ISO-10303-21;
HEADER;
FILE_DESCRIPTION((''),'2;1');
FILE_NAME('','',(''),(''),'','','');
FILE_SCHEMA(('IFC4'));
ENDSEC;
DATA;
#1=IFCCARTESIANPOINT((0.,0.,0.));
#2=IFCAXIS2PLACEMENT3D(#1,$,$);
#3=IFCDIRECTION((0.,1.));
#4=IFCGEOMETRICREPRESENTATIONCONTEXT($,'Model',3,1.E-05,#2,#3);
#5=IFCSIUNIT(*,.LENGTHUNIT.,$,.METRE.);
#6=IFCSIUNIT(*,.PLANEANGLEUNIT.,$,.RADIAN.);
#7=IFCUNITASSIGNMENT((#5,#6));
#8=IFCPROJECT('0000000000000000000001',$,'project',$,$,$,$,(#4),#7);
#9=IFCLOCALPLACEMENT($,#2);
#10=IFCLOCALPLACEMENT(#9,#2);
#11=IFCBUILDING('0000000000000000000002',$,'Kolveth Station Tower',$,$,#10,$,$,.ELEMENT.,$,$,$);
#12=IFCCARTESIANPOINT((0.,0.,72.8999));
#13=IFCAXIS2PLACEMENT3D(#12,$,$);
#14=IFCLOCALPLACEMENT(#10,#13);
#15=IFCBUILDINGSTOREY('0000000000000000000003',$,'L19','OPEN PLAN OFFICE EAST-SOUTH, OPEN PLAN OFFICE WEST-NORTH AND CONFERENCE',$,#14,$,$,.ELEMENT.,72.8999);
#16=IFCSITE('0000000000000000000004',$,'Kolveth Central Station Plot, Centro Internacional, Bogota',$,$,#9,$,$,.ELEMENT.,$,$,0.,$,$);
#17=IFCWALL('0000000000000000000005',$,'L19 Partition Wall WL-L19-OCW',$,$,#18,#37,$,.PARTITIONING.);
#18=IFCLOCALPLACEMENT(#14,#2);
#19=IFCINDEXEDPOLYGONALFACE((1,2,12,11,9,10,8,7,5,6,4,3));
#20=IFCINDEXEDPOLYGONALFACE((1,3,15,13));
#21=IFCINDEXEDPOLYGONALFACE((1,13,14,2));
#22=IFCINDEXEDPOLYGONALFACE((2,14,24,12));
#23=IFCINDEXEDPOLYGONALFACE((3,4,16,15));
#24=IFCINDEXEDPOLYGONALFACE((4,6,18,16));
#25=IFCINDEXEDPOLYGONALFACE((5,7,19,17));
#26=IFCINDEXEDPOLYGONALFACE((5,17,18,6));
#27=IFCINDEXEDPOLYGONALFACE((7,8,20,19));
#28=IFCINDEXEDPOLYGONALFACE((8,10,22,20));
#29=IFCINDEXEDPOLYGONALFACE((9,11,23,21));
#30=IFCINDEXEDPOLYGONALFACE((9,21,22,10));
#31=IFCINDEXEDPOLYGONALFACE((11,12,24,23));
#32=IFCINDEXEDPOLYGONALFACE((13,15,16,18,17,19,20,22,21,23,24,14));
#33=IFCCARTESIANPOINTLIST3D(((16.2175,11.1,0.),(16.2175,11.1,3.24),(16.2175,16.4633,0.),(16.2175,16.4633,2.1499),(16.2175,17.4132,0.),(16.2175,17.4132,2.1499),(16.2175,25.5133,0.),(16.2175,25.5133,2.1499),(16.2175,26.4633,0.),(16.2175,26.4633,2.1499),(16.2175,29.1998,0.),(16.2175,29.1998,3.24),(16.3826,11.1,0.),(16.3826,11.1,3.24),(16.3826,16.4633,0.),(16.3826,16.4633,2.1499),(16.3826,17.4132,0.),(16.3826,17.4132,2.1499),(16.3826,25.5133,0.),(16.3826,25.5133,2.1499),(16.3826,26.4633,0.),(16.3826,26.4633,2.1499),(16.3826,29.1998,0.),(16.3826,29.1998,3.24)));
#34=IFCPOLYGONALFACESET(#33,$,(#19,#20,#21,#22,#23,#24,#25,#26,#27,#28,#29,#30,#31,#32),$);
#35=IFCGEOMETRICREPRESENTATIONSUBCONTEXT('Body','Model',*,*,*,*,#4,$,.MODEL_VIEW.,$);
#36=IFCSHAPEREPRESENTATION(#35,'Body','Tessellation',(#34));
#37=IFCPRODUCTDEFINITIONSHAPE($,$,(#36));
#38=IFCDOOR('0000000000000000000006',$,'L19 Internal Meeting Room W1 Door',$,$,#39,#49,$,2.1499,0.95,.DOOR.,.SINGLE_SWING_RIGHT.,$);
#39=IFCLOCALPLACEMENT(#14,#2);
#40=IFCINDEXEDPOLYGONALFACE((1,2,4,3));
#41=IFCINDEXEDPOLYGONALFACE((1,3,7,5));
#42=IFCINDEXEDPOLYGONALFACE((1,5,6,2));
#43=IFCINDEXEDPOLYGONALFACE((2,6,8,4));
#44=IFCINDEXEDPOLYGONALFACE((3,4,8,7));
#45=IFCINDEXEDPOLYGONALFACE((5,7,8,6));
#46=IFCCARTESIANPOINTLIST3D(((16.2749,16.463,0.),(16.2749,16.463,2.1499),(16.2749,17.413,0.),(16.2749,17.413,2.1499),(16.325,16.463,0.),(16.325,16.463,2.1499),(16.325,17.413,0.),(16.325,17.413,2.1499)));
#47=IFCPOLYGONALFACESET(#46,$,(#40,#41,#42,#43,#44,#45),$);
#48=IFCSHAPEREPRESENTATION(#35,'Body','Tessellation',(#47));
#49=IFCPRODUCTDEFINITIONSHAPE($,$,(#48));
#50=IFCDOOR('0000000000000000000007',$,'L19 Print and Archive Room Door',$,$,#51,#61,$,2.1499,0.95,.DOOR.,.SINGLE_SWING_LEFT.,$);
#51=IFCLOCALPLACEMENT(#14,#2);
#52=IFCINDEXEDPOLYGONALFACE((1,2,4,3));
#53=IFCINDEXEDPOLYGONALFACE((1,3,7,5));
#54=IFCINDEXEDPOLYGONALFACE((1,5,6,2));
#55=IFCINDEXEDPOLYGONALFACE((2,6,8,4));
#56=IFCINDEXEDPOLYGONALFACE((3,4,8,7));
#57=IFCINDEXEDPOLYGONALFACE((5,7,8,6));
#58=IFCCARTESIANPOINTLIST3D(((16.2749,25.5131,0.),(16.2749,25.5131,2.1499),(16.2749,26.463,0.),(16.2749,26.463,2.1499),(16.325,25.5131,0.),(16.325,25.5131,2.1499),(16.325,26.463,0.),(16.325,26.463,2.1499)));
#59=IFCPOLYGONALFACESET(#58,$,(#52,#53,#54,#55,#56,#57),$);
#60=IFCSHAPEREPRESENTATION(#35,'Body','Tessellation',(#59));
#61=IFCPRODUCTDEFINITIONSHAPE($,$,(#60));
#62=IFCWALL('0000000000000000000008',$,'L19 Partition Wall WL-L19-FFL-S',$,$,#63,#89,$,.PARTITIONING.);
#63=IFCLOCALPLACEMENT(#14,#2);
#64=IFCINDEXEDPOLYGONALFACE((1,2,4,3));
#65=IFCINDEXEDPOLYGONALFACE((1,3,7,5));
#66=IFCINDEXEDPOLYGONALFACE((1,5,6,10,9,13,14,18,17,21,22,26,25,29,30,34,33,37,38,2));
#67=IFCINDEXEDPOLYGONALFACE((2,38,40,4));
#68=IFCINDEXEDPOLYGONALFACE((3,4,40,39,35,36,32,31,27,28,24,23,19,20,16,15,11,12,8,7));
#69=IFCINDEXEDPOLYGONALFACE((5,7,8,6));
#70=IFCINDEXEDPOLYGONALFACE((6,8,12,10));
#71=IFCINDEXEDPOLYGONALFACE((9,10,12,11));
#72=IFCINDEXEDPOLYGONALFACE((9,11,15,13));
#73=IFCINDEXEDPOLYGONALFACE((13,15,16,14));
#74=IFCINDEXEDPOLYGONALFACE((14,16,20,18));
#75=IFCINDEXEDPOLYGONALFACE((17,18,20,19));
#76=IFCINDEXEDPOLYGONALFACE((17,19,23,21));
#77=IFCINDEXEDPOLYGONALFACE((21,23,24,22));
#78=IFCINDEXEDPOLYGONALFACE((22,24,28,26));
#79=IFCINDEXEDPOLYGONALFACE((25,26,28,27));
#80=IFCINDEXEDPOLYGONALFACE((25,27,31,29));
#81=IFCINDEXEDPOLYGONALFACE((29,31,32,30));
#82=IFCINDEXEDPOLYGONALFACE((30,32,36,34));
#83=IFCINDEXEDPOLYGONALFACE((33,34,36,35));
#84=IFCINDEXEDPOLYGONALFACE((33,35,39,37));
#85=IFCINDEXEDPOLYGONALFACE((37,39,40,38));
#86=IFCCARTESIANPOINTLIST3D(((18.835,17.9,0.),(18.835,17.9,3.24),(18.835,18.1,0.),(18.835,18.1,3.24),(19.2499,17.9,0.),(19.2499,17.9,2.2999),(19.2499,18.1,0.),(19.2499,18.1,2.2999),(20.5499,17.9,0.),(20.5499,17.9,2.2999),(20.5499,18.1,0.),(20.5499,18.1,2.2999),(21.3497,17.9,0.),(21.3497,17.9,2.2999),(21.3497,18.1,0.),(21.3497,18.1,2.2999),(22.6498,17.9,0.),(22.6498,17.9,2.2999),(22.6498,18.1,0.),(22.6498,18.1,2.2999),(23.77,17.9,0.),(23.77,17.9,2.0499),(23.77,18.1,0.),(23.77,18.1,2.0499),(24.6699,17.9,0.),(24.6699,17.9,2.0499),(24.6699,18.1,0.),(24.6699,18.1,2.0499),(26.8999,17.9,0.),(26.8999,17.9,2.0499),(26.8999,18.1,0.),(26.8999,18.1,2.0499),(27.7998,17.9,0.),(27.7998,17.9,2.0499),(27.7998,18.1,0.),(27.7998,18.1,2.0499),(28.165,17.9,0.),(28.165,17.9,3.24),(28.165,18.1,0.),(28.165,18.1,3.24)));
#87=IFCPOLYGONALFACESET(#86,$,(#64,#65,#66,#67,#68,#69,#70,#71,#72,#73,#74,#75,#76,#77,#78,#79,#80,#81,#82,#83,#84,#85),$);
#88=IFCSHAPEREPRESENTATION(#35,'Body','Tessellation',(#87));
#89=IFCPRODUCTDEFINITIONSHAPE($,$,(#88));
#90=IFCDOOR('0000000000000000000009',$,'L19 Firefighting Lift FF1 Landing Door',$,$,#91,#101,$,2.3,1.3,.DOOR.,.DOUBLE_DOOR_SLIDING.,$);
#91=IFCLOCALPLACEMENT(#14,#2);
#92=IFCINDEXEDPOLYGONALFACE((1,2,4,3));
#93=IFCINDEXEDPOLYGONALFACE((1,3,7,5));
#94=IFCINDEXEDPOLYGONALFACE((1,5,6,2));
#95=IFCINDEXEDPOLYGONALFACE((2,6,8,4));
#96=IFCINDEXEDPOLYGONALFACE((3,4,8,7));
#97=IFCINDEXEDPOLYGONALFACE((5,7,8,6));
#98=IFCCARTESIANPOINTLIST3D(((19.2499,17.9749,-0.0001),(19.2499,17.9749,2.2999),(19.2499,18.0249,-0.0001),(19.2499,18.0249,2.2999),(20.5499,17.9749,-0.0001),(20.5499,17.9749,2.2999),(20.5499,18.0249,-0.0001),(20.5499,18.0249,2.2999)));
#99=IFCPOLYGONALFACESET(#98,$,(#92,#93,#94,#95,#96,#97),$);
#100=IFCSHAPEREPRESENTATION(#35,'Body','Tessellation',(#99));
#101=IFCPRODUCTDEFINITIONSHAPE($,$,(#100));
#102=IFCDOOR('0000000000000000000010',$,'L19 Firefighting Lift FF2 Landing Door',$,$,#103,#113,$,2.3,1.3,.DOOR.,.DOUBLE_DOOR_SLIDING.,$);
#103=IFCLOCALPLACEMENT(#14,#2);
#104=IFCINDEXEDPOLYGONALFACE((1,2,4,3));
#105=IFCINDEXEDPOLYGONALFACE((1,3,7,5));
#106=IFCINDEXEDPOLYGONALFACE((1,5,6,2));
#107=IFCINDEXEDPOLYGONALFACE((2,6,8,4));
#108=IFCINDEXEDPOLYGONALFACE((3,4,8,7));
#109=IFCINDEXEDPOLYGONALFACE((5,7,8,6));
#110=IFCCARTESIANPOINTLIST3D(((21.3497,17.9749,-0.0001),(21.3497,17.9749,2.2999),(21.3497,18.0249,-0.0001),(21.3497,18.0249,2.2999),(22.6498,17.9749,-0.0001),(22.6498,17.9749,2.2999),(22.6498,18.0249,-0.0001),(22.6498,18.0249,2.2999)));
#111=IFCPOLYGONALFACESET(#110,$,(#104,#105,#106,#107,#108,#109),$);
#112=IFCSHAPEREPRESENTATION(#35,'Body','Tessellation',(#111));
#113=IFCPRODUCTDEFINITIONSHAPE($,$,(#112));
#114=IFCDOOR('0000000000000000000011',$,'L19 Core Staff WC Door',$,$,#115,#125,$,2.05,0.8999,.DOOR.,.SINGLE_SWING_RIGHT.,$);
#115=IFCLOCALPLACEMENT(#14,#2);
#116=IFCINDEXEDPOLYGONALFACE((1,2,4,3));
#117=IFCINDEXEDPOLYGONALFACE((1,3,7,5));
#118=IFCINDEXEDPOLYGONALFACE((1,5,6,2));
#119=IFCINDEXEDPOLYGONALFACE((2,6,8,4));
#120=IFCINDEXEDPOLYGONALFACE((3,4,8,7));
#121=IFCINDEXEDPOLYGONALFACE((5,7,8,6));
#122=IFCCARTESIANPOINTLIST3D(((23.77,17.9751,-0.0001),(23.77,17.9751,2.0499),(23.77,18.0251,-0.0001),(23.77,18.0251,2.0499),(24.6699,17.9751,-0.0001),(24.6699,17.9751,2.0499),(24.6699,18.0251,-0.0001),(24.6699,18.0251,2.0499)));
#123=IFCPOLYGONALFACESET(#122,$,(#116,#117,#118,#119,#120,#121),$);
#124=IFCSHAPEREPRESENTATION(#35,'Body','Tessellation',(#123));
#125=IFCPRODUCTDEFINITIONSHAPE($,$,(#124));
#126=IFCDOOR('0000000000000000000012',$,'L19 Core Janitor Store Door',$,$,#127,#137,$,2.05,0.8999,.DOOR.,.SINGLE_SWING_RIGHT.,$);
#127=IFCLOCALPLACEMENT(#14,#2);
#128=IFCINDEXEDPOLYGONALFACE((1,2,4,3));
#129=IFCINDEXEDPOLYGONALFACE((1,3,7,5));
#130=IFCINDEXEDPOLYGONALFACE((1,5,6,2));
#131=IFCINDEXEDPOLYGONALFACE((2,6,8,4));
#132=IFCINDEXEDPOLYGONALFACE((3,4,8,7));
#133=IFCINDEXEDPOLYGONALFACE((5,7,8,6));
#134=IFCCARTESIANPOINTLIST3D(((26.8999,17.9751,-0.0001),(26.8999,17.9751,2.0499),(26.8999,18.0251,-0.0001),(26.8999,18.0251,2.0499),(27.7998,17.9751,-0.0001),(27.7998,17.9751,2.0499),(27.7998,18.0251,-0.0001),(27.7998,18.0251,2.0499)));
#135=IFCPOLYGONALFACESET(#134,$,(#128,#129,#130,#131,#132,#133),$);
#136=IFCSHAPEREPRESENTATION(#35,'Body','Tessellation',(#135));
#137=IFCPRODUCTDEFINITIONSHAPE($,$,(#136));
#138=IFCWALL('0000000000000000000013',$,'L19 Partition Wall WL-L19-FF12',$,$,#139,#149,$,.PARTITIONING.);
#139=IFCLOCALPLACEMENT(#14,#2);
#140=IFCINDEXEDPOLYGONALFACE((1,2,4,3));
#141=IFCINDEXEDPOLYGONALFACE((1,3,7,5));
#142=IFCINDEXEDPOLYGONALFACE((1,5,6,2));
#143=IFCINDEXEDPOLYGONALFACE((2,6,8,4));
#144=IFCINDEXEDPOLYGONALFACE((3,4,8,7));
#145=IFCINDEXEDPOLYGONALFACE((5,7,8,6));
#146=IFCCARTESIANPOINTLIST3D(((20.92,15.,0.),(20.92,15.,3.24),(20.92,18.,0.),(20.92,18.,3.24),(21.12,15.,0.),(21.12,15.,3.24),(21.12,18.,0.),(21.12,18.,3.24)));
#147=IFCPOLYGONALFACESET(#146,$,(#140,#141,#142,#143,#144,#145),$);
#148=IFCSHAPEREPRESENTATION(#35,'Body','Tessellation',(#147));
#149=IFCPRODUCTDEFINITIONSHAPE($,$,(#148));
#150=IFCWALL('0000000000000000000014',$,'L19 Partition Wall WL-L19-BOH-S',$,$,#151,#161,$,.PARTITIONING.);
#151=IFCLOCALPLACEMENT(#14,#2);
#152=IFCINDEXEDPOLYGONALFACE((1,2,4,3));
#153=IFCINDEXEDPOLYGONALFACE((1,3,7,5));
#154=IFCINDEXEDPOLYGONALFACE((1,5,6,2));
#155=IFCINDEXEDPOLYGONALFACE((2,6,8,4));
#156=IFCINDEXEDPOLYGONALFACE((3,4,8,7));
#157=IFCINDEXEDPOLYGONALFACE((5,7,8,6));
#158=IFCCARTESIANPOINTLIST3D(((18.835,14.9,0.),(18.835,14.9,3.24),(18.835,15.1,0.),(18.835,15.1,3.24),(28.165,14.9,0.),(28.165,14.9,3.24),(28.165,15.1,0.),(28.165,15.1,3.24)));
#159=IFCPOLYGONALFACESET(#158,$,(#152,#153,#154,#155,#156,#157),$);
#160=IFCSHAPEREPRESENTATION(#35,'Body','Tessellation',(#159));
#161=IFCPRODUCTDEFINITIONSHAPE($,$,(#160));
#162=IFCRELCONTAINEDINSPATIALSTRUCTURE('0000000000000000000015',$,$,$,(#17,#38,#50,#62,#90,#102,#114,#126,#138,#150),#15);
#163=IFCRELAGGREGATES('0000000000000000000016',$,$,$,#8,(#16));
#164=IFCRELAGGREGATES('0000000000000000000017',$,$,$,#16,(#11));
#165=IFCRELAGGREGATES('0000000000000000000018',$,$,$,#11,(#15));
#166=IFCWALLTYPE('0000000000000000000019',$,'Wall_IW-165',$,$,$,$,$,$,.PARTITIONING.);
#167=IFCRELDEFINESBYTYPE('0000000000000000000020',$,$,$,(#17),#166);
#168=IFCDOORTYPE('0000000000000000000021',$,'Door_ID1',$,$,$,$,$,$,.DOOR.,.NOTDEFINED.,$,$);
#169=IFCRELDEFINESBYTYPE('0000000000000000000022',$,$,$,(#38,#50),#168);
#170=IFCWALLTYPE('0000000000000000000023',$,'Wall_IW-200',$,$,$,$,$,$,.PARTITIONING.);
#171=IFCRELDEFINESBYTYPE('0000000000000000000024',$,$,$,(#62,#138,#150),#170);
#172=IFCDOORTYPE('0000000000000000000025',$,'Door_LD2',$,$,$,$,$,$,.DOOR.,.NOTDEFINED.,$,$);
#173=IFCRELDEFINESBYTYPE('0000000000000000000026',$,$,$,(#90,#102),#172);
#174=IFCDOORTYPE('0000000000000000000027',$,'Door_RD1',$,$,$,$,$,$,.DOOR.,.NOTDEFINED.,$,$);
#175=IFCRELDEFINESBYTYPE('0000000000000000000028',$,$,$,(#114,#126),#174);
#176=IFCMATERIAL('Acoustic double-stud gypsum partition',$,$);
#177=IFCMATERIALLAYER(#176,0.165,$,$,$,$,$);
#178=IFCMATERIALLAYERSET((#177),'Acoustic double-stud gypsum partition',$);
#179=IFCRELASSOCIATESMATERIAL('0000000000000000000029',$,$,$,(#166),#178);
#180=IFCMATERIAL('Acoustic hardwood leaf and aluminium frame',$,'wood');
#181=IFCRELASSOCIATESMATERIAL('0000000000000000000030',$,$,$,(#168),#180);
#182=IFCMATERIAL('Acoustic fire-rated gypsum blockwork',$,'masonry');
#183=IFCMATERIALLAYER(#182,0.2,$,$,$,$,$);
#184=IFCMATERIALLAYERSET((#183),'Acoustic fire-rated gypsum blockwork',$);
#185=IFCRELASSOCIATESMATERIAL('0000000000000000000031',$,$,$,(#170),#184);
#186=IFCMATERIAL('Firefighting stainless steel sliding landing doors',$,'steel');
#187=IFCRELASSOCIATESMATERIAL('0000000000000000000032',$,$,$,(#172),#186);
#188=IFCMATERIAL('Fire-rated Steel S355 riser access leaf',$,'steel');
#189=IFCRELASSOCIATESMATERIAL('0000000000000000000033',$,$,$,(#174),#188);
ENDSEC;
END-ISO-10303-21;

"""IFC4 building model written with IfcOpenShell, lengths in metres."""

from ifc_helpers import new_model, si_unit, direction, frame, frame_2d, origin, place, context, subcontext, project, spatial, rectangle, extrude, material, layer, layer_set, type_object, element, fill, save


model = new_model("IFC4")

# Units and contexts
model_context = context("Model", 3, precision=1e-05, world=origin(), true_north=direction((0.0, 1.0)))
body_context = subcontext(model_context, "Body", "Model", "MODEL_VIEW")
ifc_project = project(units=[si_unit("LENGTHUNIT", "METRE"), si_unit("PLANEANGLEUNIT", "RADIAN")], contexts=[model_context])

# Site, building, storey
site_placement = place(None, origin())
site = spatial("IfcSite", under=ifc_project, at=site_placement, Name="Kolveth Central Station Plot, Centro Internacional, Bogota", CompositionType="ELEMENT", RefElevation=0.0)
building_placement = place(site_placement, origin())
building = spatial("IfcBuilding", under=site, at=building_placement, Name="Kolveth Station Tower", CompositionType="ELEMENT")
storey_placement = place(building_placement, frame((0.0, 0.0, 72.8999)))
storey = spatial("IfcBuildingStorey", under=building, at=storey_placement, Name="L19", Description="OPEN PLAN OFFICE EAST-SOUTH, OPEN PLAN OFFICE WEST-NORTH AND CONFERENCE", CompositionType="ELEMENT", Elevation=72.8999)

# Walls, openings, doors
ifc_material_1 = material(Name="Acoustic double-stud gypsum partition")
ifc_layer_1 = layer(ifc_material_1, 0.165)
ifc_layer_set_1 = layer_set([ifc_layer_1], Name="Acoustic double-stud gypsum partition")
wall_type_1 = type_object("IfcWallType", Name="Wall_IW-165", PredefinedType="PARTITIONING", material=ifc_layer_set_1)
wall_1_placement = place(storey_placement, frame((16.3, 11.1001, 0.0), z_axis=(0.0, 0.0, 1.0), x_axis=(0.0, 1.0, 0.0)))
wall_1 = element("IfcWall", 1, at=wall_1_placement, inside=storey, type_object=wall_type_1, Name="L19 Partition Wall WL-L19-OCW", PredefinedType="PARTITIONING", context=body_context, shape_type="SweptSolid", body=[
    extrude(rectangle(XDim=18.0999, YDim=0.165, at=frame_2d((9.0498, 0.0))), origin(), (0.0, 0.0, 1.0), 3.24),
])
opening_1_placement = place(wall_1_placement, frame((5.363, 0.0, 0.0)))
opening_1 = element("IfcOpeningElement", 2, at=opening_1_placement, cuts=wall_1, PredefinedType="OPENING", context=body_context, shape_type="SweptSolid", body=[
    extrude(rectangle(XDim=0.95, YDim=2.1499, at=frame_2d((0.4751, 1.075))), frame((0.0, 0.0925, 0.0), z_axis=(0.0, -1.0, 0.0), x_axis=(1.0, 0.0, 0.0)), (0.0, 0.0, 1.0), 0.1851),
])
opening_2_placement = place(wall_1_placement, frame((14.4131, 0.0, 0.0)))
opening_2 = element("IfcOpeningElement", 3, at=opening_2_placement, cuts=wall_1, PredefinedType="OPENING", context=body_context, shape_type="SweptSolid", body=[
    extrude(rectangle(XDim=0.95, YDim=2.1499, at=frame_2d((0.4751, 1.075))), frame((0.0, 0.0925, 0.0), z_axis=(0.0, -1.0, 0.0), x_axis=(1.0, 0.0, 0.0)), (0.0, 0.0, 1.0), 0.1851),
])
ifc_material_2 = material(Name="Acoustic hardwood leaf and aluminium frame", Category="wood")
door_type_1 = type_object("IfcDoorType", Name="Door_ID1", OperationType="NOTDEFINED", PredefinedType="DOOR", material=ifc_material_2)
door_1_placement = place(opening_1_placement, frame((0.95, 0.0, 0.0), z_axis=(0.0, 0.0, 1.0), x_axis=(-1.0, 0.0, 0.0)))
door_1 = element("IfcDoor", 4, at=door_1_placement, inside=storey, type_object=door_type_1, Name="L19 Internal Meeting Room W1 Door", OperationType="SINGLE_SWING_RIGHT", OverallHeight=2.1499, OverallWidth=0.95, PredefinedType="DOOR", context=body_context, shape_type="SweptSolid", body=[
    extrude(rectangle(XDim=0.95, YDim=2.1499, at=frame_2d((0.4751, 1.075))), frame((0.0, 0.0249, 0.0), z_axis=(0.0, -1.0, 0.0), x_axis=(1.0, 0.0, 0.0)), (0.0, 0.0, 1.0), 0.05),
])
fill(opening_1, door_1)
door_2_placement = place(opening_2_placement, frame((0.95, 0.0, 0.0), z_axis=(0.0, 0.0, 1.0), x_axis=(-1.0, 0.0, 0.0)))
door_2 = element("IfcDoor", 5, at=door_2_placement, inside=storey, type_object=door_type_1, Name="L19 Print and Archive Room Door", OperationType="SINGLE_SWING_LEFT", OverallHeight=2.1499, OverallWidth=0.95, PredefinedType="DOOR", context=body_context, shape_type="SweptSolid", body=[
    extrude(rectangle(XDim=0.95, YDim=2.1499, at=frame_2d((0.4751, 1.075))), frame((0.0, 0.0249, 0.0), z_axis=(0.0, -1.0, 0.0), x_axis=(1.0, 0.0, 0.0)), (0.0, 0.0, 1.0), 0.05),
])
fill(opening_2, door_2)
ifc_material_3 = material(Name="Acoustic fire-rated gypsum blockwork", Category="masonry")
ifc_layer_2 = layer(ifc_material_3, 0.2)
ifc_layer_set_2 = layer_set([ifc_layer_2], Name="Acoustic fire-rated gypsum blockwork")
wall_type_2 = type_object("IfcWallType", Name="Wall_IW-200", PredefinedType="PARTITIONING", material=ifc_layer_set_2)
wall_2_placement = place(storey_placement, frame((18.835, 18.0, 0.0), z_axis=(0.0, 0.0, 1.0), x_axis=(1.0, 0.0, 0.0)))
wall_2 = element("IfcWall", 6, at=wall_2_placement, inside=storey, type_object=wall_type_2, Name="L19 Partition Wall WL-L19-FFL-S", PredefinedType="PARTITIONING", context=body_context, shape_type="SweptSolid", body=[
    extrude(rectangle(XDim=9.3301, YDim=0.2, at=frame_2d((4.665, 0.0))), origin(), (0.0, 0.0, 1.0), 3.24),
])
opening_3_placement = place(wall_2_placement, frame((0.415, 0.0, 0.0)))
opening_3 = element("IfcOpeningElement", 7, at=opening_3_placement, cuts=wall_2, PredefinedType="OPENING", context=body_context, shape_type="SweptSolid", body=[
    extrude(rectangle(XDim=1.3, YDim=2.3, at=frame_2d((0.6499, 1.1499))), frame((0.0, 0.1099, 0.0), z_axis=(0.0, -1.0, 0.0), x_axis=(1.0, 0.0, 0.0)), (0.0, 0.0, 1.0), 0.22),
])
opening_4_placement = place(wall_2_placement, frame((2.5149, 0.0, 0.0)))
opening_4 = element("IfcOpeningElement", 8, at=opening_4_placement, cuts=wall_2, PredefinedType="OPENING", context=body_context, shape_type="SweptSolid", body=[
    extrude(rectangle(XDim=1.3, YDim=2.3, at=frame_2d((0.6499, 1.1499))), frame((0.0, 0.1099, 0.0), z_axis=(0.0, -1.0, 0.0), x_axis=(1.0, 0.0, 0.0)), (0.0, 0.0, 1.0), 0.22),
])
opening_5_placement = place(wall_2_placement, frame((4.9351, 0.0, 0.0)))
opening_5 = element("IfcOpeningElement", 9, at=opening_5_placement, cuts=wall_2, PredefinedType="OPENING", context=body_context, shape_type="SweptSolid", body=[
    extrude(rectangle(XDim=0.8999, YDim=2.05, at=frame_2d((0.45, 1.0249))), frame((0.0, 0.1099, 0.0), z_axis=(0.0, -1.0, 0.0), x_axis=(1.0, 0.0, 0.0)), (0.0, 0.0, 1.0), 0.22),
])
opening_6_placement = place(wall_2_placement, frame((8.0649, 0.0, 0.0)))
opening_6 = element("IfcOpeningElement", 10, at=opening_6_placement, cuts=wall_2, PredefinedType="OPENING", context=body_context, shape_type="SweptSolid", body=[
    extrude(rectangle(XDim=0.8999, YDim=2.05, at=frame_2d((0.45, 1.0249))), frame((0.0, 0.1099, 0.0), z_axis=(0.0, -1.0, 0.0), x_axis=(1.0, 0.0, 0.0)), (0.0, 0.0, 1.0), 0.22),
])
ifc_material_4 = material(Name="Firefighting stainless steel sliding landing doors", Category="steel")
door_type_2 = type_object("IfcDoorType", Name="Door_LD2", OperationType="NOTDEFINED", PredefinedType="DOOR", material=ifc_material_4)
door_3_placement = place(opening_3_placement, origin())
door_3 = element("IfcDoor", 11, at=door_3_placement, inside=storey, type_object=door_type_2, Name="L19 Firefighting Lift FF1 Landing Door", OperationType="DOUBLE_DOOR_SLIDING", OverallHeight=2.3, OverallWidth=1.3, PredefinedType="DOOR", context=body_context, shape_type="SweptSolid", body=[
    extrude(rectangle(XDim=1.3, YDim=2.3, at=frame_2d((0.6499, 1.1499))), frame((0.0, 0.0249, 0.0), z_axis=(0.0, -1.0, 0.0), x_axis=(1.0, 0.0, 0.0)), (0.0, 0.0, 1.0), 0.05),
])
fill(opening_3, door_3)
door_4_placement = place(opening_4_placement, origin())
door_4 = element("IfcDoor", 12, at=door_4_placement, inside=storey, type_object=door_type_2, Name="L19 Firefighting Lift FF2 Landing Door", OperationType="DOUBLE_DOOR_SLIDING", OverallHeight=2.3, OverallWidth=1.3, PredefinedType="DOOR", context=body_context, shape_type="SweptSolid", body=[
    extrude(rectangle(XDim=1.3, YDim=2.3, at=frame_2d((0.6499, 1.1499))), frame((0.0, 0.0249, 0.0), z_axis=(0.0, -1.0, 0.0), x_axis=(1.0, 0.0, 0.0)), (0.0, 0.0, 1.0), 0.05),
])
fill(opening_4, door_4)
ifc_material_5 = material(Name="Fire-rated Steel S355 riser access leaf", Category="steel")
door_type_3 = type_object("IfcDoorType", Name="Door_RD1", OperationType="NOTDEFINED", PredefinedType="DOOR", material=ifc_material_5)
door_5_placement = place(opening_5_placement, frame((0.8999, 0.0, 0.0), z_axis=(0.0, 0.0, 1.0), x_axis=(-1.0, 0.0, 0.0)))
door_5 = element("IfcDoor", 13, at=door_5_placement, inside=storey, type_object=door_type_3, Name="L19 Core Staff WC Door", OperationType="SINGLE_SWING_RIGHT", OverallHeight=2.05, OverallWidth=0.8999, PredefinedType="DOOR", context=body_context, shape_type="SweptSolid", body=[
    extrude(rectangle(XDim=0.8999, YDim=2.05, at=frame_2d((0.45, 1.0249))), frame((0.0, 0.0249, 0.0), z_axis=(0.0, -1.0, 0.0), x_axis=(1.0, 0.0, 0.0)), (0.0, 0.0, 1.0), 0.05),
])
fill(opening_5, door_5)
door_6_placement = place(opening_6_placement, frame((0.8999, 0.0, 0.0), z_axis=(0.0, 0.0, 1.0), x_axis=(-1.0, 0.0, 0.0)))
door_6 = element("IfcDoor", 14, at=door_6_placement, inside=storey, type_object=door_type_3, Name="L19 Core Janitor Store Door", OperationType="SINGLE_SWING_RIGHT", OverallHeight=2.05, OverallWidth=0.8999, PredefinedType="DOOR", context=body_context, shape_type="SweptSolid", body=[
    extrude(rectangle(XDim=0.8999, YDim=2.05, at=frame_2d((0.45, 1.0249))), frame((0.0, 0.0249, 0.0), z_axis=(0.0, -1.0, 0.0), x_axis=(1.0, 0.0, 0.0)), (0.0, 0.0, 1.0), 0.05),
])
fill(opening_6, door_6)

# Walls
wall_3_placement = place(storey_placement, frame((21.02, 15.0, 0.0), z_axis=(0.0, 0.0, 1.0), x_axis=(0.0, 1.0, 0.0)))
element("IfcWall", 15, at=wall_3_placement, inside=storey, type_object=wall_type_2, Name="L19 Partition Wall WL-L19-FF12", PredefinedType="PARTITIONING", context=body_context, shape_type="SweptSolid", body=[
    extrude(rectangle(XDim=3.0, YDim=0.2, at=frame_2d((1.5, 0.0))), origin(), (0.0, 0.0, 1.0), 3.24),
])
wall_4_placement = place(storey_placement, frame((18.835, 15.0, 0.0), z_axis=(0.0, 0.0, 1.0), x_axis=(1.0, 0.0, 0.0)))
element("IfcWall", 16, at=wall_4_placement, inside=storey, type_object=wall_type_2, Name="L19 Partition Wall WL-L19-BOH-S", PredefinedType="PARTITIONING", context=body_context, shape_type="SweptSolid", body=[
    extrude(rectangle(XDim=9.3301, YDim=0.2, at=frame_2d((4.665, 0.0))), origin(), (0.0, 0.0, 1.0), 3.24),
])

save(model, "model.ifc")
